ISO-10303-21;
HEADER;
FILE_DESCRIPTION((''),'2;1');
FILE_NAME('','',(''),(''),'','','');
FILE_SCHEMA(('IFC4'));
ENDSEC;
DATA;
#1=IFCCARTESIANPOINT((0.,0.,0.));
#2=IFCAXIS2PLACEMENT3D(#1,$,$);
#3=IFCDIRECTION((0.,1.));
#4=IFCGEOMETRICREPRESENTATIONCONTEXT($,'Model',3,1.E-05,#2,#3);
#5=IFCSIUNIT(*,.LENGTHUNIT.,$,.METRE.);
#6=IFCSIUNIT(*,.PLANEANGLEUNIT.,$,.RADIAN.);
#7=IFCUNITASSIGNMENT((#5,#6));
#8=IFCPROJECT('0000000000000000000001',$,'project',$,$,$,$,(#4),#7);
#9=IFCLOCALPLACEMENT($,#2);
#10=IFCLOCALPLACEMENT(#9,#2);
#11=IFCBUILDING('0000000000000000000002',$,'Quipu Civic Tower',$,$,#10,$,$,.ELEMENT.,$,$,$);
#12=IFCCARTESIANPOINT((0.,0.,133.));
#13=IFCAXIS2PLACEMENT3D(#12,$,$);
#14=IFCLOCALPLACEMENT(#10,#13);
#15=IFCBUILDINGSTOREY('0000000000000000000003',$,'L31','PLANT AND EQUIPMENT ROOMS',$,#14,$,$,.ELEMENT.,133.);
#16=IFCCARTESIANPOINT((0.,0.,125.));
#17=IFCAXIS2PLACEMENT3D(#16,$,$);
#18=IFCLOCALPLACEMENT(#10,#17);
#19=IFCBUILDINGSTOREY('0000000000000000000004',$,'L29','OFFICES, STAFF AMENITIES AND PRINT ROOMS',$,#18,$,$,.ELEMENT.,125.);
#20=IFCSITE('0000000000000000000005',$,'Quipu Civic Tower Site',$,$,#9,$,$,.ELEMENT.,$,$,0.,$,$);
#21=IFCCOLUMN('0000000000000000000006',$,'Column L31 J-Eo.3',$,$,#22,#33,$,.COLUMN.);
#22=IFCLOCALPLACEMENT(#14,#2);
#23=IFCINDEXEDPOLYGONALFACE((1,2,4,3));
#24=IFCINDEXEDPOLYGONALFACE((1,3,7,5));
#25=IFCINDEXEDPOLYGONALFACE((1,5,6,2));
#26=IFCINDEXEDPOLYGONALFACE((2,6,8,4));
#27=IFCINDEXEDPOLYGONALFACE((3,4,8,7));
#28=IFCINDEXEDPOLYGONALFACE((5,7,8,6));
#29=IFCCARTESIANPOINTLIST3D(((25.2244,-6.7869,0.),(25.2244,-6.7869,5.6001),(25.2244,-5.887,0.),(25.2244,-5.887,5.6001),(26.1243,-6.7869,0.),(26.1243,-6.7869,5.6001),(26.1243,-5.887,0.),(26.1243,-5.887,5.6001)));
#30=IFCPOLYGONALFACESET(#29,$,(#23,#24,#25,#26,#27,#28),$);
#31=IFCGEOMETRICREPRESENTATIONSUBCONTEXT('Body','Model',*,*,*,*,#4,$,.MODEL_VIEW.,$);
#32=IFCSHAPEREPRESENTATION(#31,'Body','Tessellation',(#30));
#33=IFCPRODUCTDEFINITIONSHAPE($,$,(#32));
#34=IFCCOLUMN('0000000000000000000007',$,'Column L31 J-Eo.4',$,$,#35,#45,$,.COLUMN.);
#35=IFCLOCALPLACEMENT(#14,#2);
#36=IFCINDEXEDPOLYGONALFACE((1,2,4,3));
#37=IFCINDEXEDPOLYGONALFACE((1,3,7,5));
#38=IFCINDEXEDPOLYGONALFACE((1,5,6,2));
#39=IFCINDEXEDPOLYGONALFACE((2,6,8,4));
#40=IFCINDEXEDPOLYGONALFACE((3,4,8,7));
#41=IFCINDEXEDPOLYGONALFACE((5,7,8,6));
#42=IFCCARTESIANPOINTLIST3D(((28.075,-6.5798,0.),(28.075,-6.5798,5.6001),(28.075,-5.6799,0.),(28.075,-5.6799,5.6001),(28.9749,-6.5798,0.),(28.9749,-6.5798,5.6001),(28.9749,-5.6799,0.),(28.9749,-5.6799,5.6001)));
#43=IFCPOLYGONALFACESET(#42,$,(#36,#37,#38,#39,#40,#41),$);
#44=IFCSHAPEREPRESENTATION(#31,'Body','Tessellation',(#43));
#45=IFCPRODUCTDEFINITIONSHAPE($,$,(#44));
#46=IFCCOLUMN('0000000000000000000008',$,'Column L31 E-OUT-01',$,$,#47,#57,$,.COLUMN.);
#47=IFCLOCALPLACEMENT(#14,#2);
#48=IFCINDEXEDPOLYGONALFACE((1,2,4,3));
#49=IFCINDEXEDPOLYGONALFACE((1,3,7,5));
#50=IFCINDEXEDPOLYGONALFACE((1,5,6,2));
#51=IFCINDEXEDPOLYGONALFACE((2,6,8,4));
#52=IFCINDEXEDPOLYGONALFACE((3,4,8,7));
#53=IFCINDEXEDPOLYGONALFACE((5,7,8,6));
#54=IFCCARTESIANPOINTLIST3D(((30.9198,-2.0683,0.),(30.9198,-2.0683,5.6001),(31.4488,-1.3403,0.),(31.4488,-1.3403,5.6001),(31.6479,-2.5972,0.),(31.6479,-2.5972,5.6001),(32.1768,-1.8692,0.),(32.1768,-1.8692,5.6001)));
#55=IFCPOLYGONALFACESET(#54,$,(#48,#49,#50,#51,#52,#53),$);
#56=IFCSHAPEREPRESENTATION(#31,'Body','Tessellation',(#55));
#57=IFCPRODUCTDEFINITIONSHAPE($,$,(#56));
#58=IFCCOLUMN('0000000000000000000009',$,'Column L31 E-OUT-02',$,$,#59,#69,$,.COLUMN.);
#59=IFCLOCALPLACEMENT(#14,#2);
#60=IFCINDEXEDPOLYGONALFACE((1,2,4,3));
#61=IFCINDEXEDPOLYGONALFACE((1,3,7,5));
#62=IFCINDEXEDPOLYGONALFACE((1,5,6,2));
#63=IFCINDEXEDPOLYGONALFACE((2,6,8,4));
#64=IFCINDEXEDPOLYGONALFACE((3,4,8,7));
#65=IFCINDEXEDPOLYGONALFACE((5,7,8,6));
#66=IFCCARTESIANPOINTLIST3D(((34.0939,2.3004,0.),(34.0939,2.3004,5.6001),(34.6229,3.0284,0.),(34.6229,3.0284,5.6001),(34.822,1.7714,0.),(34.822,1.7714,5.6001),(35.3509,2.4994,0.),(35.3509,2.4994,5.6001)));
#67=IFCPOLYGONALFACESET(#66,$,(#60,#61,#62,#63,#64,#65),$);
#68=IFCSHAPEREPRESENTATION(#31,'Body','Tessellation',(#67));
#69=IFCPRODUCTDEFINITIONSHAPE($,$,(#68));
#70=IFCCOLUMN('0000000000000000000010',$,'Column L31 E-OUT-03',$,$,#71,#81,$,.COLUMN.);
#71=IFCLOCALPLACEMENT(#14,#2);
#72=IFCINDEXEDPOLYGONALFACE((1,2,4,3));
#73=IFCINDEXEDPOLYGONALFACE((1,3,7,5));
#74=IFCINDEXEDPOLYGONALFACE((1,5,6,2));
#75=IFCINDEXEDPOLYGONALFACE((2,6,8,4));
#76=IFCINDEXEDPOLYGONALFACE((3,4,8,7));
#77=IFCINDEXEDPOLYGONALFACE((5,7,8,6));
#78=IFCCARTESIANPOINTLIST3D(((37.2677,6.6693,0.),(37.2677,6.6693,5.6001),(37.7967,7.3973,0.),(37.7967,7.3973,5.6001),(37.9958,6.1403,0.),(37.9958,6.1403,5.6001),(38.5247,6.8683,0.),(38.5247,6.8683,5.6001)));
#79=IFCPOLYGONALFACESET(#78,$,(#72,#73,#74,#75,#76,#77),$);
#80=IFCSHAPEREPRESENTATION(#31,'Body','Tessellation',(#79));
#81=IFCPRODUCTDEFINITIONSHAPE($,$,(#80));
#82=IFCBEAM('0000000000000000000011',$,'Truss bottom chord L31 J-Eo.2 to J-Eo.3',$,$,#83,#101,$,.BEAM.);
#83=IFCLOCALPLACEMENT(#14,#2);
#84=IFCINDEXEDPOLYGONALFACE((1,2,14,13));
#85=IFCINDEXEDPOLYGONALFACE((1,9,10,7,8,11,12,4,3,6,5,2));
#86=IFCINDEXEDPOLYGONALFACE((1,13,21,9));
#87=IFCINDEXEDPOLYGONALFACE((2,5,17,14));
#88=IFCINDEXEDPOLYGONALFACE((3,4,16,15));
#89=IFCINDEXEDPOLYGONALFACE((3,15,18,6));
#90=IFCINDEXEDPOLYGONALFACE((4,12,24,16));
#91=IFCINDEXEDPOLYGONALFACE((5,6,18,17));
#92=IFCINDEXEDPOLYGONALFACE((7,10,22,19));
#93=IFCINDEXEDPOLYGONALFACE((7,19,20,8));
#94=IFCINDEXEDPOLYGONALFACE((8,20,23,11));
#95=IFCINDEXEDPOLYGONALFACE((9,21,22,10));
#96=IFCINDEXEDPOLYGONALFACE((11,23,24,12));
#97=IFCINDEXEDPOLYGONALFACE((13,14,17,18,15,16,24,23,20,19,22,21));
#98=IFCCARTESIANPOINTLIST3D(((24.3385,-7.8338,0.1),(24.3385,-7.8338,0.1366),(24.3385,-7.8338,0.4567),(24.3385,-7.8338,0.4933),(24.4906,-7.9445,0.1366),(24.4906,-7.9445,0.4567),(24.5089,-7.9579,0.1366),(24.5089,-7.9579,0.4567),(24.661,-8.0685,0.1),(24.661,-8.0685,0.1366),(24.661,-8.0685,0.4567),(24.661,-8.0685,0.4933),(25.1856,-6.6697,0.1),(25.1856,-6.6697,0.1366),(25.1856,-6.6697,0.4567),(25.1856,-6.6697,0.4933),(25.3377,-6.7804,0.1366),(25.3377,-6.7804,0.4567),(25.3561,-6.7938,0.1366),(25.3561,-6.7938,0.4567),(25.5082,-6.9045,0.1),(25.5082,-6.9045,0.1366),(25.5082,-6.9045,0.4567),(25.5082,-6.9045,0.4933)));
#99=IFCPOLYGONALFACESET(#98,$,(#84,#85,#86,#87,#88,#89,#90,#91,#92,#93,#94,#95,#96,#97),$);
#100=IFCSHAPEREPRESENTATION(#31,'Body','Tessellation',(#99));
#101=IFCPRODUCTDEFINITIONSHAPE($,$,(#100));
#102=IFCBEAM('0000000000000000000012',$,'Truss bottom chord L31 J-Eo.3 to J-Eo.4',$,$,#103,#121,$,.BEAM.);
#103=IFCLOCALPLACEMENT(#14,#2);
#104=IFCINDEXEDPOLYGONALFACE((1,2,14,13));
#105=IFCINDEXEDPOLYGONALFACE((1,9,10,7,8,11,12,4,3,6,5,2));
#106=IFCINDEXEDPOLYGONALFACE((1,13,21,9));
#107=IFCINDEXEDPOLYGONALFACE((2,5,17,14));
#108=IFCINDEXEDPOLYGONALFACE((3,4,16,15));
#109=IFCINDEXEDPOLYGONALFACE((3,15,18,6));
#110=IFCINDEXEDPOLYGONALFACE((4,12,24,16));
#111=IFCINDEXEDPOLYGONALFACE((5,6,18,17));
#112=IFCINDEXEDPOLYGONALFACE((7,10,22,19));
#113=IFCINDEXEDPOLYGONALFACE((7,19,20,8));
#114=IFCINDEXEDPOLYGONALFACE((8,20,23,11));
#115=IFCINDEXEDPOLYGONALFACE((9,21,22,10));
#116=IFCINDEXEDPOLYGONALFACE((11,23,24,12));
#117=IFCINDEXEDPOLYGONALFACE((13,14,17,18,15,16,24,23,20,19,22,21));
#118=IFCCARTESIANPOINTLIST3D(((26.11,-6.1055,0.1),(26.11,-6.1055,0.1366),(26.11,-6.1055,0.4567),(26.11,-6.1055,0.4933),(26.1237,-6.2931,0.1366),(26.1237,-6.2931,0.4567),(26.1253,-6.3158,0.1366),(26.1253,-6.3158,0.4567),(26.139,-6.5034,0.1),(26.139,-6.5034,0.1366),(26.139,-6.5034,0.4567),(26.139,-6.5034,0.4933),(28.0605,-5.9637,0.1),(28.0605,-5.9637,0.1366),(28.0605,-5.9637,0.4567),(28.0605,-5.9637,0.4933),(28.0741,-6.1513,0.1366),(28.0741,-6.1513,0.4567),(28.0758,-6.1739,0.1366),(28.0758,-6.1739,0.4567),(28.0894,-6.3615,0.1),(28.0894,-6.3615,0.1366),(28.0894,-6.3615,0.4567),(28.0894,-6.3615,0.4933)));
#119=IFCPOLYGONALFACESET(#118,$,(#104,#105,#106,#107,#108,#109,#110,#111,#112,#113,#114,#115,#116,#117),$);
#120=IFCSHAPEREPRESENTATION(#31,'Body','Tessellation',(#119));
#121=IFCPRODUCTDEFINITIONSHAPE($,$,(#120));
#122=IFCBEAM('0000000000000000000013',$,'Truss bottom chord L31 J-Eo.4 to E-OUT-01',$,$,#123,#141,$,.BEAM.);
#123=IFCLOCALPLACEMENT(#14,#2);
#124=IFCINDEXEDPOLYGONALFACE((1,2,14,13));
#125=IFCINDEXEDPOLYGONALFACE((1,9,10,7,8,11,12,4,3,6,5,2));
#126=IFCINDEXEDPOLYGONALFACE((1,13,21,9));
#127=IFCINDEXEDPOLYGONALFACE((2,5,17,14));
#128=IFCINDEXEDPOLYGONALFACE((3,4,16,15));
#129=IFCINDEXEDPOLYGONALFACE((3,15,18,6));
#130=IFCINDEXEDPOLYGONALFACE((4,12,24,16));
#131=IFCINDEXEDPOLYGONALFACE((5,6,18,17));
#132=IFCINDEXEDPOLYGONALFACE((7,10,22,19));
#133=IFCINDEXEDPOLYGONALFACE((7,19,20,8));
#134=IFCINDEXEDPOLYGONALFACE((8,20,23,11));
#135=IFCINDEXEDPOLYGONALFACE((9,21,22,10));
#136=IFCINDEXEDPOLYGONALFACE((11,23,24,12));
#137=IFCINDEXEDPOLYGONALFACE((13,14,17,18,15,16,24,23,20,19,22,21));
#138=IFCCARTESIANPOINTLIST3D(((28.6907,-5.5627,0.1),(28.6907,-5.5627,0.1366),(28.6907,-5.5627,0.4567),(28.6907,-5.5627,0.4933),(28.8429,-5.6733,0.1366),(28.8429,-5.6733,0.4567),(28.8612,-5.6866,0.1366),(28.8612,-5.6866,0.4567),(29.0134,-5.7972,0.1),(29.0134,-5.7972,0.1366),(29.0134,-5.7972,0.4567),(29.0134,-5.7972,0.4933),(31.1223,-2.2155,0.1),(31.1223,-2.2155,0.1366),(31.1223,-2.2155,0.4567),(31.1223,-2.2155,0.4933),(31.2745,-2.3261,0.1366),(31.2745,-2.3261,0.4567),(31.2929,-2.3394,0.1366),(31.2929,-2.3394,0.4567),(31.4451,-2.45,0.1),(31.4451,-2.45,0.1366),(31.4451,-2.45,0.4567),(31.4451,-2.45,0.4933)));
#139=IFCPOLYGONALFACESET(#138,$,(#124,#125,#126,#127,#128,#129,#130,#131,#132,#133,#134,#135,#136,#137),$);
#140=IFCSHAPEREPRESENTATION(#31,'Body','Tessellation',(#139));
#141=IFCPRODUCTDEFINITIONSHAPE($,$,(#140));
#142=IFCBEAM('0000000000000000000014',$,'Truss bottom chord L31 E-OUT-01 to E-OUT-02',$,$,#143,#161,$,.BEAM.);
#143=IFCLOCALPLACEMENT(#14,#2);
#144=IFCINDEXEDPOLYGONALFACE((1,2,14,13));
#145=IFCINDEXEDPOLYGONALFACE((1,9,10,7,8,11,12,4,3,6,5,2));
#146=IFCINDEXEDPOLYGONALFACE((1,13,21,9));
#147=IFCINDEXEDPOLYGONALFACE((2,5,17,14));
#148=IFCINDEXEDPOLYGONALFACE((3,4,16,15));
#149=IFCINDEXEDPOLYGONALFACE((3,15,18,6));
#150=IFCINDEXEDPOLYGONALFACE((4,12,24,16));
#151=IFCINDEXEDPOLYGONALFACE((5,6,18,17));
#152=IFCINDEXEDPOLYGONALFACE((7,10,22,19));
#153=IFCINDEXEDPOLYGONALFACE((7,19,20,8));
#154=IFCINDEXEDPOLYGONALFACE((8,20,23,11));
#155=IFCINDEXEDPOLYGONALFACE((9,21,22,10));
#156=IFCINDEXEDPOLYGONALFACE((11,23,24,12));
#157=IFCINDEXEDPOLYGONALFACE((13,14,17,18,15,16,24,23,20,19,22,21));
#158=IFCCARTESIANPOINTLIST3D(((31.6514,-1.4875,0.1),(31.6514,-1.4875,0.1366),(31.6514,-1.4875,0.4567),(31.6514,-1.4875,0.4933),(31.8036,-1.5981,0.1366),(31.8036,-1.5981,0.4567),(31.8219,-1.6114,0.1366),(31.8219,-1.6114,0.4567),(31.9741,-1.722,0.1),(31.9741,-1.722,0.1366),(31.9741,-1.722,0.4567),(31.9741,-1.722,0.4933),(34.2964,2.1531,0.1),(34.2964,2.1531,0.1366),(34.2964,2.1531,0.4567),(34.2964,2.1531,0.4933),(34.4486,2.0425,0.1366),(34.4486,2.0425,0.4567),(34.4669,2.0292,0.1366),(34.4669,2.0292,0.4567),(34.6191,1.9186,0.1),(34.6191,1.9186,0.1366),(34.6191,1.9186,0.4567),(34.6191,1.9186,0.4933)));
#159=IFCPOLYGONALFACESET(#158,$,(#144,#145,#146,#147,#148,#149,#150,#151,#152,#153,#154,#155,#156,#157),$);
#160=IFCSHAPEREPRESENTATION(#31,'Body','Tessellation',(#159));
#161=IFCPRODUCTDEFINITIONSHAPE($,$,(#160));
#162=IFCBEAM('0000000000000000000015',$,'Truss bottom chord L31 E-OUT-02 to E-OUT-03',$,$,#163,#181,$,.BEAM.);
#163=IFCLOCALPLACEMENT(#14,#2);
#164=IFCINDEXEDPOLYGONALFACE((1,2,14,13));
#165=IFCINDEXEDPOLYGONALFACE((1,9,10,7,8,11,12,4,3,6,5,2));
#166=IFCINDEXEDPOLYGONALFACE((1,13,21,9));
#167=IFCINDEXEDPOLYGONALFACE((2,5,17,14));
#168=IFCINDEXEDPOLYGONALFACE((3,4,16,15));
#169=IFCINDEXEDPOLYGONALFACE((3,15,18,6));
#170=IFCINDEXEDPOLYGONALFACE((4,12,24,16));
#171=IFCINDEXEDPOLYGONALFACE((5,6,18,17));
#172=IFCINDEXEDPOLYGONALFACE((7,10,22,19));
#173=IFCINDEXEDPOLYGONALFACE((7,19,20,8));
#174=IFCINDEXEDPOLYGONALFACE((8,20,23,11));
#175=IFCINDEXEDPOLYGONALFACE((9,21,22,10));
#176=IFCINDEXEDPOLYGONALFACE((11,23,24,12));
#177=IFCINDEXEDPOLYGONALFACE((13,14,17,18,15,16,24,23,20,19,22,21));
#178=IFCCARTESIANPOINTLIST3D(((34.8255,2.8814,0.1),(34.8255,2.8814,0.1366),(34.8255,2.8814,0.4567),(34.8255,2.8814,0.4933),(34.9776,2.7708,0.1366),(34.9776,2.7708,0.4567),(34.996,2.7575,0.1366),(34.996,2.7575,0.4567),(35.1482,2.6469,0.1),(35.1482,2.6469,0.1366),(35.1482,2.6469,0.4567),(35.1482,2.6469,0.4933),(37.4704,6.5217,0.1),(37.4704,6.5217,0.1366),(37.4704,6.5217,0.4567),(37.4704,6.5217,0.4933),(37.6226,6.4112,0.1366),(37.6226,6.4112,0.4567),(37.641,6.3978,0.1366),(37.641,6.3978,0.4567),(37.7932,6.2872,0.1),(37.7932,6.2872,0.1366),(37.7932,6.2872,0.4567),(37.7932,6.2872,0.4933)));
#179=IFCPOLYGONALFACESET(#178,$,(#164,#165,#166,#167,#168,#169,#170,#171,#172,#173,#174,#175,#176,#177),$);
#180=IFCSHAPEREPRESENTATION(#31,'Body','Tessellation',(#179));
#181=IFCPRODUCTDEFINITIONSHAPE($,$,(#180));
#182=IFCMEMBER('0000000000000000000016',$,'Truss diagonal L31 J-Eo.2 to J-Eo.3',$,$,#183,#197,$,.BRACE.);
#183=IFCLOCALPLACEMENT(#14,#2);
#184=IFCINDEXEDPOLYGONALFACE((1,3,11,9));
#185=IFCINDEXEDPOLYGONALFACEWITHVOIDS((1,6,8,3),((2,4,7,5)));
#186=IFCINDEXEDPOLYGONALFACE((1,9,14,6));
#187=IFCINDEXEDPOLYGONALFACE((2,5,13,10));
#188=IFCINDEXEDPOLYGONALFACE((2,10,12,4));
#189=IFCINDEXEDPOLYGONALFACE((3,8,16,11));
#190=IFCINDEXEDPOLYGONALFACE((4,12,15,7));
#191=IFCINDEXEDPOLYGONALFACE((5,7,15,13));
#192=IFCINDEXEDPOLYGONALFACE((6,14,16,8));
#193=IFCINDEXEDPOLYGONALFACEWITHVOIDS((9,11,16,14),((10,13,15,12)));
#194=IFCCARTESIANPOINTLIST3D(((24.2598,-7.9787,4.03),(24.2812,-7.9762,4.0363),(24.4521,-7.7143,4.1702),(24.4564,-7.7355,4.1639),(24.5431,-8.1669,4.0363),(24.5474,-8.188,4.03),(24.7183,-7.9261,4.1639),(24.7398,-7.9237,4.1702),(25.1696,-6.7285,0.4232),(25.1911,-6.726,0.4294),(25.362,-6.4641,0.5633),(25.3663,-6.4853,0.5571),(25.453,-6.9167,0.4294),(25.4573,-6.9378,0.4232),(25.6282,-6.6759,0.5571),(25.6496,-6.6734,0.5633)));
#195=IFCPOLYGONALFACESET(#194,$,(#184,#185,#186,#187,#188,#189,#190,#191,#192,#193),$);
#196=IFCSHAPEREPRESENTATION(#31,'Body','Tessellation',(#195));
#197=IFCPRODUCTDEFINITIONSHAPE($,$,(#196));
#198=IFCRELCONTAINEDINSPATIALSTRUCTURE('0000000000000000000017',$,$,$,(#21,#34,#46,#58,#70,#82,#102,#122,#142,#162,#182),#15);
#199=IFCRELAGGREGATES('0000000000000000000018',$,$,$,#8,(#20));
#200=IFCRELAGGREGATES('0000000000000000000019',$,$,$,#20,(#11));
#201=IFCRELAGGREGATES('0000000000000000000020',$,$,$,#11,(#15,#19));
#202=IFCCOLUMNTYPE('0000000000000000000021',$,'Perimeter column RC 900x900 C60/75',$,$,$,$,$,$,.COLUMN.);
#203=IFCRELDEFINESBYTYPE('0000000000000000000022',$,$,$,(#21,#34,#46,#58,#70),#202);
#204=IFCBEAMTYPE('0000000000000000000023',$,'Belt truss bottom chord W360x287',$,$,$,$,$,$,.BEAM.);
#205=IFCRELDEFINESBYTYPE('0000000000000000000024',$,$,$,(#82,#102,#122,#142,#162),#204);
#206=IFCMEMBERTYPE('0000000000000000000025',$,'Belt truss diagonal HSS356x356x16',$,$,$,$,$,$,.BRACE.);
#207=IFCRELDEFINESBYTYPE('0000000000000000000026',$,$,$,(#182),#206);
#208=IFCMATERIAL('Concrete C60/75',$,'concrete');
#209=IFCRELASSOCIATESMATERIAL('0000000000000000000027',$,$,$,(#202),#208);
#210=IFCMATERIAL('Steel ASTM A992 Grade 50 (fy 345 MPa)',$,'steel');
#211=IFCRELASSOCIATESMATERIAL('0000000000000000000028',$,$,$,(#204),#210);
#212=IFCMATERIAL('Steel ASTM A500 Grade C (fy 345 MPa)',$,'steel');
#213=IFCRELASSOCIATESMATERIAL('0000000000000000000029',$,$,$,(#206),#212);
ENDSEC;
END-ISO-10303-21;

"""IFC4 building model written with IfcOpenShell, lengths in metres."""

from ifc_helpers import new_model, si_unit, direction, frame, origin, origin_2d, place, context, subcontext, project, spatial, rectangle, hollow_rectangle, i_section, extrude, material, material_profile, profile_set, type_object, element, save


model = new_model("IFC4")

# Units and contexts
model_context = context("Model", 3, precision=1e-05, world=origin(), true_north=direction((0.0, 1.0)))
body_context = subcontext(model_context, "Body", "Model", "MODEL_VIEW")
ifc_project = project(units=[si_unit("LENGTHUNIT", "METRE"), si_unit("PLANEANGLEUNIT", "RADIAN")], contexts=[model_context])

# Site, building, storey
site_placement = place(None, origin())
site = spatial("IfcSite", under=ifc_project, at=site_placement, Name="Quipu Civic Tower Site", CompositionType="ELEMENT", RefElevation=0.0)
building_placement = place(site_placement, origin())
building = spatial("IfcBuilding", under=site, at=building_placement, Name="Quipu Civic Tower", CompositionType="ELEMENT")
storey_1_placement = place(building_placement, frame((0.0, 0.0, 133.0)))
storey_1 = spatial("IfcBuildingStorey", under=building, at=storey_1_placement, Name="L31", Description="PLANT AND EQUIPMENT ROOMS", CompositionType="ELEMENT", Elevation=133.0)

# Columns
ifc_material_1 = material(Name="Concrete C60/75", Category="concrete")
ifc_material_profile_1 = material_profile(ifc_material_1, rectangle(XDim=0.8999, YDim=0.8999, at=origin_2d()), Name="RC900x900")
ifc_profile_set_1 = profile_set([ifc_material_profile_1], Name="Concrete C60/75")
column_type = type_object("IfcColumnType", Name="Perimeter column RC 900x900 C60/75", PredefinedType="COLUMN", material=ifc_profile_set_1)
for number, where, z_axis, x_axis, name in (
    (1, (25.6743, -6.3369, 0.0), (0.0, 0.0, 1.0), (1.0, 0.0, 0.0), "Column L31 J-Eo.3"),
    (2, (28.5249, -6.1299, 0.0), (0.0, 0.0, 1.0), (1.0, 0.0, 0.0), "Column L31 J-Eo.4"),
    (3, (31.5483, -1.9688, 0.0), (0.0, 0.0, 1.0), (0.587785, 0.809017, 0.0), "Column L31 E-OUT-01"),
    (4, (34.7224, 2.3999, 0.0), (0.0, 0.0, 1.0), (0.587785, 0.809017, 0.0), "Column L31 E-OUT-02"),
    (5, (37.8962, 6.7688, 0.0), (0.0, 0.0, 1.0), (0.587785, 0.809017, 0.0), "Column L31 E-OUT-03"),
):
    element("IfcColumn", number, at=place(storey_1_placement, frame(where, z_axis=z_axis, x_axis=x_axis)), inside=storey_1, type_object=column_type, Name=name, PredefinedType="COLUMN", context=body_context, shape_type="SweptSolid", body=[
        extrude(rectangle(XDim=0.8999, YDim=0.8999, at=origin_2d()), origin(), (0.0, 0.0, 1.0), 5.6001),
    ])

# Beams
ifc_material_2 = material(Name="Steel ASTM A992 Grade 50 (fy 345 MPa)", Category="steel")
ifc_material_profile_2 = material_profile(ifc_material_2, i_section(OverallWidth=0.3989, OverallDepth=0.3933, WebThickness=0.0227, FlangeThickness=0.0366, at=origin_2d()), Name="W360x287")
ifc_profile_set_2 = profile_set([ifc_material_profile_2], Name="Steel ASTM A992 Grade 50 (fy 345 MPa)")
beam_type_1 = type_object("IfcBeamType", Name="Belt truss bottom chord W360x287", PredefinedType="BEAM", material=ifc_profile_set_2)
beam_1_placement = place(storey_1_placement, frame((24.4998, -7.9512, 0.2966), z_axis=(0.588434, 0.808545, 0.0), x_axis=(-0.808545, 0.588434, 0.0)))
element("IfcBeam", 6, at=beam_1_placement, inside=storey_1, type_object=beam_type_1, Name="Truss bottom chord L31 J-Eo.2 to J-Eo.3", PredefinedType="BEAM", context=body_context, shape_type="SweptSolid", body=[
    extrude(i_section(OverallWidth=0.3989, OverallDepth=0.3933, WebThickness=0.0227, FlangeThickness=0.0366, at=origin_2d()), origin(), (0.0, 0.0, 1.0), 1.4397),
])
beam_2_placement = place(storey_1_placement, frame((26.1245, -6.3044, 0.2966), z_axis=(0.997366, 0.072533, 0.0), x_axis=(-0.072533, 0.997366, 0.0)))
element("IfcBeam", 7, at=beam_2_placement, inside=storey_1, type_object=beam_type_1, Name="Truss bottom chord L31 J-Eo.3 to J-Eo.4", PredefinedType="BEAM", context=body_context, shape_type="SweptSolid", body=[
    extrude(i_section(OverallWidth=0.3989, OverallDepth=0.3933, WebThickness=0.0227, FlangeThickness=0.0366, at=origin_2d()), origin(), (0.0, 0.0, 1.0), 1.9556),
])
beam_3_placement = place(storey_1_placement, frame((28.8521, -5.6799, 0.2966), z_axis=(0.587751, 0.809042, 0.0), x_axis=(-0.809042, 0.587751, 0.0)))
element("IfcBeam", 8, at=beam_3_placement, inside=storey_1, type_object=beam_type_1, Name="Truss bottom chord L31 J-Eo.4 to E-OUT-01", PredefinedType="BEAM", context=body_context, shape_type="SweptSolid", body=[
    extrude(i_section(OverallWidth=0.3989, OverallDepth=0.3933, WebThickness=0.0227, FlangeThickness=0.0366, at=origin_2d()), origin(), (0.0, 0.0, 1.0), 4.1372),
])
beam_4_placement = place(storey_1_placement, frame((31.8127, -1.6047, 0.2966), z_axis=(0.587778, 0.809022, 0.0), x_axis=(-0.809022, 0.587778, 0.0)))
element("IfcBeam", 9, at=beam_4_placement, inside=storey_1, type_object=beam_type_1, Name="Truss bottom chord L31 E-OUT-01 to E-OUT-02", PredefinedType="BEAM", context=body_context, shape_type="SweptSolid", body=[
    extrude(i_section(OverallWidth=0.3989, OverallDepth=0.3933, WebThickness=0.0227, FlangeThickness=0.0366, at=origin_2d()), origin(), (0.0, 0.0, 1.0), 4.5),
])
beam_5_placement = place(storey_1_placement, frame((34.9868, 2.7642, 0.2966), z_axis=(0.587804, 0.809003, 0.0), x_axis=(-0.809003, 0.587804, 0.0)))
element("IfcBeam", 10, at=beam_5_placement, inside=storey_1, type_object=beam_type_1, Name="Truss bottom chord L31 E-OUT-02 to E-OUT-03", PredefinedType="BEAM", context=body_context, shape_type="SweptSolid", body=[
    extrude(i_section(OverallWidth=0.3989, OverallDepth=0.3933, WebThickness=0.0227, FlangeThickness=0.0366, at=origin_2d()), origin(), (0.0, 0.0, 1.0), 4.4998),
])

# Member
ifc_material_3 = material(Name="Steel ASTM A500 Grade C (fy 345 MPa)", Category="steel")
ifc_material_profile_3 = material_profile(ifc_material_3, hollow_rectangle(XDim=0.3557, YDim=0.3557, WallThickness=0.0159, at=origin_2d()), Name="HSS356x356x16")
ifc_profile_set_3 = profile_set([ifc_material_profile_3], Name="Steel ASTM A500 Grade C (fy 345 MPa)")
member_type_1 = type_object("IfcMemberType", Name="Belt truss diagonal HSS356x356x16", PredefinedType="BRACE", material=ifc_profile_set_3)
member_1_placement = place(storey_1_placement, frame((24.4998, -7.9512, 4.1001), z_axis=(0.231859, 0.318581, -0.919101), x_axis=(-0.808538, 0.588444, 0.0)))
element("IfcMember", 11, at=member_1_placement, inside=storey_1, type_object=member_type_1, Name="Truss diagonal L31 J-Eo.2 to J-Eo.3", PredefinedType="BRACE", context=body_context, shape_type="SweptSolid", body=[
    extrude(hollow_rectangle(XDim=0.3557, YDim=0.3557, WallThickness=0.0159, at=origin_2d()), origin(), (0.0, 0.0, 1.0), 3.9243),
])

# Shared definitions
storey_2_placement = place(building_placement, frame((0.0, 0.0, 125.0)))
storey_2 = spatial("IfcBuildingStorey", under=building, at=storey_2_placement, Name="L29", Description="OFFICES, STAFF AMENITIES AND PRINT ROOMS", CompositionType="ELEMENT", Elevation=125.0)

save(model, "model.ifc")
